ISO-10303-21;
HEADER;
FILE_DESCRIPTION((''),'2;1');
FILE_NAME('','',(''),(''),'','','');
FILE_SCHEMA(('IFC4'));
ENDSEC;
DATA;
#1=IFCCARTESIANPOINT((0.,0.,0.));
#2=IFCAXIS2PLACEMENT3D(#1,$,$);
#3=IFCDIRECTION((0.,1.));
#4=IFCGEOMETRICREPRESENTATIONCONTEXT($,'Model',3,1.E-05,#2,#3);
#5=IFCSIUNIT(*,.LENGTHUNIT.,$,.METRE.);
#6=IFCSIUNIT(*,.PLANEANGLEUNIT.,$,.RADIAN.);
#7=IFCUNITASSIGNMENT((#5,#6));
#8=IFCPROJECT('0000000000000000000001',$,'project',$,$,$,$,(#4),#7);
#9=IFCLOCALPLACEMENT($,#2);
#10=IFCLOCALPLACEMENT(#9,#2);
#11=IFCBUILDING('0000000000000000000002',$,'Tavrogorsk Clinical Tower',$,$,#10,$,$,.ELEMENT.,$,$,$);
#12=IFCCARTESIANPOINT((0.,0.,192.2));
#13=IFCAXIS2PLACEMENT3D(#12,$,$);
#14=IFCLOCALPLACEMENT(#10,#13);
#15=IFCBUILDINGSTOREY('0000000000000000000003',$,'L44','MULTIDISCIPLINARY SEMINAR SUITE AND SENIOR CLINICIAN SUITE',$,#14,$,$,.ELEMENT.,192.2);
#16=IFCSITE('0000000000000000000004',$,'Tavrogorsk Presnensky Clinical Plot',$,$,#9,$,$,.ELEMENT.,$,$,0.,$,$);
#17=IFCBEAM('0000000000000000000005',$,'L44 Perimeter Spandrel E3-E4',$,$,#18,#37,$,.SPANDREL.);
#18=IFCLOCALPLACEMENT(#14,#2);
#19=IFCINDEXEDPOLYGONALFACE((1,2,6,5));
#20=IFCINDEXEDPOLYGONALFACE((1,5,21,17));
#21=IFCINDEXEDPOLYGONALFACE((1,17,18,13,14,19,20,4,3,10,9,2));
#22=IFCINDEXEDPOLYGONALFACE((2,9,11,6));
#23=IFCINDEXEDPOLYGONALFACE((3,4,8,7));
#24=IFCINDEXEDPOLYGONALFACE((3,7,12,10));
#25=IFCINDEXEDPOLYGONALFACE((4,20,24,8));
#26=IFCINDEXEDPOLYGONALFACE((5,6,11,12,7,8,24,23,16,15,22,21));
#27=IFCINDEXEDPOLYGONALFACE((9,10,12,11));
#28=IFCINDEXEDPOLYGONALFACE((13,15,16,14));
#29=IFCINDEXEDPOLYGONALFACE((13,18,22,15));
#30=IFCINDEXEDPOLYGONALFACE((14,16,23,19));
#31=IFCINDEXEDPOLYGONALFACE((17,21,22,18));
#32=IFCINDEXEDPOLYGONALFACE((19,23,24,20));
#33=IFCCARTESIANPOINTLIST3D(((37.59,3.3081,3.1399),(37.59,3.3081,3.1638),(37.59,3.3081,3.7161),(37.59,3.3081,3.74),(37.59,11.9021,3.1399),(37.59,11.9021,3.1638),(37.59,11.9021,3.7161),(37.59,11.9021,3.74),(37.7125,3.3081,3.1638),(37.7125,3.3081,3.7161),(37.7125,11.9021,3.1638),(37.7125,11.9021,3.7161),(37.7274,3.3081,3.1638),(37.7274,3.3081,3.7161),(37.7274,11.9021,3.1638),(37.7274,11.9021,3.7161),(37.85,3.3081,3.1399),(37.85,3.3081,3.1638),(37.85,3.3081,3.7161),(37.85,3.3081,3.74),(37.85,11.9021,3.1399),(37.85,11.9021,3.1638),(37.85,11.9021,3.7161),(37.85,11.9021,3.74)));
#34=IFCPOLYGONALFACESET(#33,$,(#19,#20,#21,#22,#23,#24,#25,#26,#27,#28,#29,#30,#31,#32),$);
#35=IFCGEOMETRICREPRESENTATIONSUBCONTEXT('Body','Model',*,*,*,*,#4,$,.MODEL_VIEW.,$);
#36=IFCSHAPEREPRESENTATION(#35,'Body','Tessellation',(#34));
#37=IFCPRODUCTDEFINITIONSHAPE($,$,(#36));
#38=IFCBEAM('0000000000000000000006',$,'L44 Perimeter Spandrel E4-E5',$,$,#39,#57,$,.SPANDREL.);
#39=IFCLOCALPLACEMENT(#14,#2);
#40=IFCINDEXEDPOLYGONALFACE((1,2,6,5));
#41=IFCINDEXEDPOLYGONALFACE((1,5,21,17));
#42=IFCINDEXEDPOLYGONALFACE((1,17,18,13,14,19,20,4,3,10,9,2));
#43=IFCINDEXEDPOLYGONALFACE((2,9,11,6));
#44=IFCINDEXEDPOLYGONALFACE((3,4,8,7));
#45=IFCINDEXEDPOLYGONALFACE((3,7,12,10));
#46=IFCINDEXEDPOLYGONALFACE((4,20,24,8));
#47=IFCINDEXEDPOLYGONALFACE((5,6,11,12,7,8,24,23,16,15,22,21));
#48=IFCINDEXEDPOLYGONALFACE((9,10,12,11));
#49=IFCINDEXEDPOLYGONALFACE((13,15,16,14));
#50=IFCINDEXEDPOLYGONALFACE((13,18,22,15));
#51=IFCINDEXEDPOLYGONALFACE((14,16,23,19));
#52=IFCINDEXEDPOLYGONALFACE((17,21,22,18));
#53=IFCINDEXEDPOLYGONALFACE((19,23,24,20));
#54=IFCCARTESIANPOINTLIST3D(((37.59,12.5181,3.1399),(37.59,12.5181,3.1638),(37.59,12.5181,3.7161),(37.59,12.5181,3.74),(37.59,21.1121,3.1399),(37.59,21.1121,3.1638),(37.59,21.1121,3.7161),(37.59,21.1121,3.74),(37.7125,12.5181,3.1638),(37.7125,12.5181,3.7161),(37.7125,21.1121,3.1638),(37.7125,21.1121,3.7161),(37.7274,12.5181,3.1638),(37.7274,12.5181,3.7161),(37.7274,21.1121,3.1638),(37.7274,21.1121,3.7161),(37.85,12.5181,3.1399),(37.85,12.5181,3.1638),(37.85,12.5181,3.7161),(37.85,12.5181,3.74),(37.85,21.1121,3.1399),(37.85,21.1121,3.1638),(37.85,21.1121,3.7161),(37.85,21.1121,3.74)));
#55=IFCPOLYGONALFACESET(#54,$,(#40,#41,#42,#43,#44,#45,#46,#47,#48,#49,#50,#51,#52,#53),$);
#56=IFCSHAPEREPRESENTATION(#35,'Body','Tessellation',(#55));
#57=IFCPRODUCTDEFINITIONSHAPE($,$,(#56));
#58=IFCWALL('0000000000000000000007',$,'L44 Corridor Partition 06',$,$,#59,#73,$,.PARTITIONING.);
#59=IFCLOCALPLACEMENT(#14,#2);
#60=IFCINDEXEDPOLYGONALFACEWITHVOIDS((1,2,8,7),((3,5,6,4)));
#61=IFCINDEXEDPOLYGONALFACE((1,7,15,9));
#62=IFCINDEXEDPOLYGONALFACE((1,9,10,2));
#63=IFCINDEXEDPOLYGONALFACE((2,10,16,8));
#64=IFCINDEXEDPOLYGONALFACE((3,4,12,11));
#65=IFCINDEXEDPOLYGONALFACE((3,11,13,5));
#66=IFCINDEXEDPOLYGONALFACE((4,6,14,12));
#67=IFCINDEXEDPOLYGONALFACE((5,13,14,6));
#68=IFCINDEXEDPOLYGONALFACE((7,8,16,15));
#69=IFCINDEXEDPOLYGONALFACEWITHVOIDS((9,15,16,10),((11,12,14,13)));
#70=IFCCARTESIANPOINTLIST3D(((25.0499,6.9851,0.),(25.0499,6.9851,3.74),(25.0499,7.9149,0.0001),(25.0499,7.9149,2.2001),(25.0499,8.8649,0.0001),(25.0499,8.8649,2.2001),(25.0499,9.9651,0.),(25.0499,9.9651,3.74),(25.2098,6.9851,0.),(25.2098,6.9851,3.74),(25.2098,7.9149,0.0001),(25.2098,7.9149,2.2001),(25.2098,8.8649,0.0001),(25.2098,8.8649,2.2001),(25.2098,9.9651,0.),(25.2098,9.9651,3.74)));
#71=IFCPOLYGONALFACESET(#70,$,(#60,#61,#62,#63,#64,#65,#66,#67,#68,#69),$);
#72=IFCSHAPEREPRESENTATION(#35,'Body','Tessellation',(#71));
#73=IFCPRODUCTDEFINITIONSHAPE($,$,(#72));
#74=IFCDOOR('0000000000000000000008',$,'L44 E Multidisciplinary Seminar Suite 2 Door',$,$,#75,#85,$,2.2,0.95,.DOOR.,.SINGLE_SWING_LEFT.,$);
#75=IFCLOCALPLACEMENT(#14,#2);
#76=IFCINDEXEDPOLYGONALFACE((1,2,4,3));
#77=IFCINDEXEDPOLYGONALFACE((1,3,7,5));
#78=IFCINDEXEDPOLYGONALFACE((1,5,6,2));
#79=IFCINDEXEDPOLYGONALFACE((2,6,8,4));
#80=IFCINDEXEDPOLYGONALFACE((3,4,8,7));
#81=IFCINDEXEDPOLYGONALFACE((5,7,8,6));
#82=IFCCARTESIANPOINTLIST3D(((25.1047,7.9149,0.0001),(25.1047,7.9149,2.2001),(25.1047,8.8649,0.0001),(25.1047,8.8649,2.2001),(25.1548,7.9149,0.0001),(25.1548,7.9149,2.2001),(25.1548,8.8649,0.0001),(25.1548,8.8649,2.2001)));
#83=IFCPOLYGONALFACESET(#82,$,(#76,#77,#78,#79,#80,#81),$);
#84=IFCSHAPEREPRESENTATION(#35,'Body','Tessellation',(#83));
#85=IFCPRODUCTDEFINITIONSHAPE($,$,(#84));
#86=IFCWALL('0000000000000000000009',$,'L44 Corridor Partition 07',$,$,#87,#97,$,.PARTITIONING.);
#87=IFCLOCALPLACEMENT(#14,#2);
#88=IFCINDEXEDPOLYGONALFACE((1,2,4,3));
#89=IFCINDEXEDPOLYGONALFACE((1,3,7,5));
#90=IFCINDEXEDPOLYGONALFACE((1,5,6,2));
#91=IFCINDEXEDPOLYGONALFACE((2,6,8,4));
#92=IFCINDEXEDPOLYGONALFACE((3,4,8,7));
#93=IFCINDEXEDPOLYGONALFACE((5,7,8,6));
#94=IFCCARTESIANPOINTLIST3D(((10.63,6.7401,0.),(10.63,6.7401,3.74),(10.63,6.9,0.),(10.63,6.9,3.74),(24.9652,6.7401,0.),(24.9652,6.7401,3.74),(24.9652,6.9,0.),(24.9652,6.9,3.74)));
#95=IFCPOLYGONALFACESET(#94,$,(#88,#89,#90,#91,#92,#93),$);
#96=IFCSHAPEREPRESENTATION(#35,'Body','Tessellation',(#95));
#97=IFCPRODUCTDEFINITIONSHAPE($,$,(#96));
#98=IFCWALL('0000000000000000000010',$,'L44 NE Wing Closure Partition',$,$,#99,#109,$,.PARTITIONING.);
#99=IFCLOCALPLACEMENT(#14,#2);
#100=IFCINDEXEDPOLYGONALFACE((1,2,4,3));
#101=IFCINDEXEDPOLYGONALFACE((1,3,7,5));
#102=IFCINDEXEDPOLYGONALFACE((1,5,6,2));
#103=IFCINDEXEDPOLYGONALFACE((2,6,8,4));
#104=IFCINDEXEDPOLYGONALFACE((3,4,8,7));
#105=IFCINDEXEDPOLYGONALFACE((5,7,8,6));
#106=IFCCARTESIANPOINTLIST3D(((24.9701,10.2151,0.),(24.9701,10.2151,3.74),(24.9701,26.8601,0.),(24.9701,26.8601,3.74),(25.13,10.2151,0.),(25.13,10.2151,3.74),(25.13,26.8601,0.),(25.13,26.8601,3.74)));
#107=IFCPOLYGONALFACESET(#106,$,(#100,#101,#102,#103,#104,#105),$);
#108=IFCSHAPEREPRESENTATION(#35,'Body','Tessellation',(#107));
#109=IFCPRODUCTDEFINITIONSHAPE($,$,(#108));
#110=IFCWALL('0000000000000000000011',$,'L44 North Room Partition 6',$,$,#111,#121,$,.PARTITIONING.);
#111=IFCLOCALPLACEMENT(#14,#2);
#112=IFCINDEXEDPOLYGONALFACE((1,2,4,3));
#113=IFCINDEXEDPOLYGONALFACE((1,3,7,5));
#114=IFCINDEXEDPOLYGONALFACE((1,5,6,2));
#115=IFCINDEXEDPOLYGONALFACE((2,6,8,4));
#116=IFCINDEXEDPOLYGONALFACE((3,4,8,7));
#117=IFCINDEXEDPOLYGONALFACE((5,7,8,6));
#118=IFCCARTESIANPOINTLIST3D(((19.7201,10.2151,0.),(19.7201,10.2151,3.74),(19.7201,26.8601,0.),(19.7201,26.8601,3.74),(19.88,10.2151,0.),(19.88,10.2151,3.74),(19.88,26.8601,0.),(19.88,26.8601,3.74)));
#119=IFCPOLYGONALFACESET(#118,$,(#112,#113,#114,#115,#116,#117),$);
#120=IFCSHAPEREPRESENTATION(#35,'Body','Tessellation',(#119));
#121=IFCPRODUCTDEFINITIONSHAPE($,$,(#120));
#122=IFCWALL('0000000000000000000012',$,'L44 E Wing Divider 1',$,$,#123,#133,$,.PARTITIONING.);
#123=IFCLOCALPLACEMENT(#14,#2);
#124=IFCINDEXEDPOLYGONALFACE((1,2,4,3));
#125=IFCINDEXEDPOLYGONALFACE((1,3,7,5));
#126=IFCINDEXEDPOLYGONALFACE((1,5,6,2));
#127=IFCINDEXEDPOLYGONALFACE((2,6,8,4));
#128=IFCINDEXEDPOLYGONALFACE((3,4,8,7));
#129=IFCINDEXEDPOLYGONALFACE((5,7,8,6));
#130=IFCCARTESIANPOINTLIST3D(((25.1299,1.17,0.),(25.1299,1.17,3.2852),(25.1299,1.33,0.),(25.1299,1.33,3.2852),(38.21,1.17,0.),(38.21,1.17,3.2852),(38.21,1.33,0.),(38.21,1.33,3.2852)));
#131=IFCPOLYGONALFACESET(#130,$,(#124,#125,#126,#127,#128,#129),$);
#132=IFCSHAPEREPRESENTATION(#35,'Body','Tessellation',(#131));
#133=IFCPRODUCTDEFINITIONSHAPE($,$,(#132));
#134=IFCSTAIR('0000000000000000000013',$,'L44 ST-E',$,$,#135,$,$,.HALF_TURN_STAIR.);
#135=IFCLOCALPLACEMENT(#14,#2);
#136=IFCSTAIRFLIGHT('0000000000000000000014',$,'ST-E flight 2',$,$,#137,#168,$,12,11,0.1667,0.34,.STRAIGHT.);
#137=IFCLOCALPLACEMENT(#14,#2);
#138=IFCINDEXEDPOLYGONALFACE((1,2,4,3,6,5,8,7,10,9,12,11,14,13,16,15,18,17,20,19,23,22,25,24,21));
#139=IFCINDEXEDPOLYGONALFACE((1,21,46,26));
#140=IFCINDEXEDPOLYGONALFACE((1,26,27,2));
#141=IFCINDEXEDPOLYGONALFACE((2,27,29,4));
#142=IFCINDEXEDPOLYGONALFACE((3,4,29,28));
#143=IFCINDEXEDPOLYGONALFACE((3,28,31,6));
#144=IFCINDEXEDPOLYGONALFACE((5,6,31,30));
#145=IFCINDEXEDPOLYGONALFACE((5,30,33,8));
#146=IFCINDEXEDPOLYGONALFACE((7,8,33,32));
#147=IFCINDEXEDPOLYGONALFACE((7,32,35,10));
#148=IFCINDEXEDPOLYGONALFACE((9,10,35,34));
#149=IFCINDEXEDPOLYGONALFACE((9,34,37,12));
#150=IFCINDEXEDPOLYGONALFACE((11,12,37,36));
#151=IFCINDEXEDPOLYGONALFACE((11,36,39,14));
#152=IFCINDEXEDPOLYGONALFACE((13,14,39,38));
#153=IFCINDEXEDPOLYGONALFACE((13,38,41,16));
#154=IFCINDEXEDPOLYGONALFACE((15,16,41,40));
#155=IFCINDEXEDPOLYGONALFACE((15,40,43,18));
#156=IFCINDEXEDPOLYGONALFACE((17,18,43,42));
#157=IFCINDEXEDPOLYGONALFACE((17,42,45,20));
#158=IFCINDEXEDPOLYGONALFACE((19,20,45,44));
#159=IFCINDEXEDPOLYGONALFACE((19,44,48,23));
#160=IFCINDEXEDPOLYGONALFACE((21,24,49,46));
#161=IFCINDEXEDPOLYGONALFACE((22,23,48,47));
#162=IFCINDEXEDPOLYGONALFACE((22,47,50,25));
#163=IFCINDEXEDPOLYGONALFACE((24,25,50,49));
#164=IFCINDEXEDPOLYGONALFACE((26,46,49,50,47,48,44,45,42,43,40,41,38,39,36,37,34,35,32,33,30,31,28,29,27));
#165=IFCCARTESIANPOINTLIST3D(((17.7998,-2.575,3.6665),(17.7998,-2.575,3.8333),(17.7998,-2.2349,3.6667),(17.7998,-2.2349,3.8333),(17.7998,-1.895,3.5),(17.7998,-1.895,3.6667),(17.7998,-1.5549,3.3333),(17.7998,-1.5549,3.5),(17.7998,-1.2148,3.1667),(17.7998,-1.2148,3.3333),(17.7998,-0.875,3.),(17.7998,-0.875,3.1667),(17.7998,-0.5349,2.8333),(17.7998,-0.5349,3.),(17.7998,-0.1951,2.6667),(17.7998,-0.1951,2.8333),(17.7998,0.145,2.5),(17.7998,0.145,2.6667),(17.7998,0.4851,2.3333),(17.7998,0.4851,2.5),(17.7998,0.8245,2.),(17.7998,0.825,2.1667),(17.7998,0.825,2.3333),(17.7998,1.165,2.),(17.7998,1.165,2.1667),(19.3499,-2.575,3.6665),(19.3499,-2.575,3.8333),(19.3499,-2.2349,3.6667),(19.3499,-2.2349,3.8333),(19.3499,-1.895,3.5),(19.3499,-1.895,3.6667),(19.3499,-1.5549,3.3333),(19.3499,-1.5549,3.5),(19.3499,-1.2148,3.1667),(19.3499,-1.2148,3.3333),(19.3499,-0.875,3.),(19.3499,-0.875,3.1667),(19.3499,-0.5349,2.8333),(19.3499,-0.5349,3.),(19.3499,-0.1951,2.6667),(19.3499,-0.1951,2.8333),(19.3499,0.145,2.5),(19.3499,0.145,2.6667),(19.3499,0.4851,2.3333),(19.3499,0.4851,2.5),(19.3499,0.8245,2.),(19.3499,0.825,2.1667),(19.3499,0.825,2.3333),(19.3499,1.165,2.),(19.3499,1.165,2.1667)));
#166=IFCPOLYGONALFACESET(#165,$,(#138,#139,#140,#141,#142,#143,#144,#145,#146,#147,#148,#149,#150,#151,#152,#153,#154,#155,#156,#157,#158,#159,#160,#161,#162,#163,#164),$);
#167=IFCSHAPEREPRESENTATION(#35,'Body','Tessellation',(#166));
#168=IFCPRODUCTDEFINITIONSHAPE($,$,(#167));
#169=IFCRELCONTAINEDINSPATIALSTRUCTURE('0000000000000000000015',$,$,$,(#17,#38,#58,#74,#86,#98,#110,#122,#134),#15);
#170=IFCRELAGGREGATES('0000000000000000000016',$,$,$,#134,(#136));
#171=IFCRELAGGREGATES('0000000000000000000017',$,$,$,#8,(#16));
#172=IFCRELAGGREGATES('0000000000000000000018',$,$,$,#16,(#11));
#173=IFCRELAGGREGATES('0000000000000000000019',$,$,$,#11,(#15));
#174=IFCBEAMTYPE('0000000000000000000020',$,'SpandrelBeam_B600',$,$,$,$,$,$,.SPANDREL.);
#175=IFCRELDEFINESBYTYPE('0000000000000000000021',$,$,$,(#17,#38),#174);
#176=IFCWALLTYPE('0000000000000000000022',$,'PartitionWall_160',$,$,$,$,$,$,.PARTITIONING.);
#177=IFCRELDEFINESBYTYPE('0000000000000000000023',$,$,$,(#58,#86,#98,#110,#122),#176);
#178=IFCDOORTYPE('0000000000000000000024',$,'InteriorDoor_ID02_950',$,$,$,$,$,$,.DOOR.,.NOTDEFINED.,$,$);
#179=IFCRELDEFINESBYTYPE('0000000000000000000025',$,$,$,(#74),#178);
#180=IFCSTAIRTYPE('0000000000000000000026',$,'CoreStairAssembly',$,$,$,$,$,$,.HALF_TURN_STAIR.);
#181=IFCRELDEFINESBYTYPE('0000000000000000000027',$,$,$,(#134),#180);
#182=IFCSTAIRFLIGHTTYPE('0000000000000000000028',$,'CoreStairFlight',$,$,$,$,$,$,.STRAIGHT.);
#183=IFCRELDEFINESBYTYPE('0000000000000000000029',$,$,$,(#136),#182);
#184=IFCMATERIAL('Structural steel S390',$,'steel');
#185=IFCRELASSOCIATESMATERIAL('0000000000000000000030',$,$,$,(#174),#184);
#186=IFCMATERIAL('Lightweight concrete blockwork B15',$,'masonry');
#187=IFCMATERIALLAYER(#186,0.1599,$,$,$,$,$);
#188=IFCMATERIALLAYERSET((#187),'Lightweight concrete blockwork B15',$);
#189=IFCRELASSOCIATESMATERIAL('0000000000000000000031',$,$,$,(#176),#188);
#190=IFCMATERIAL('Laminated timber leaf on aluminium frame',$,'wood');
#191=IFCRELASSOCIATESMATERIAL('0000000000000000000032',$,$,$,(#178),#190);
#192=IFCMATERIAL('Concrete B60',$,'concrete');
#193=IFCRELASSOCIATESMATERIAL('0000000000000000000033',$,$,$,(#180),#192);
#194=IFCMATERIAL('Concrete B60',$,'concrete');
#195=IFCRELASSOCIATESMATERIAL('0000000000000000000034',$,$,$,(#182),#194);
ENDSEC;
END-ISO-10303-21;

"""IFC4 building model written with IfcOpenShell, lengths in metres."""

from ifc_helpers import new_model, si_unit, direction, frame, frame_2d, origin, origin_2d, place, context, subcontext, project, spatial, polyline, rectangle, i_section, outline, extrude, material, layer, layer_set, material_profile, profile_set, type_object, element, fill, aggregate, save


model = new_model("IFC4")

# Units and contexts
model_context = context("Model", 3, precision=1e-05, world=origin(), true_north=direction((0.0, 1.0)))
body_context = subcontext(model_context, "Body", "Model", "MODEL_VIEW")
ifc_project = project(units=[si_unit("LENGTHUNIT", "METRE"), si_unit("PLANEANGLEUNIT", "RADIAN")], contexts=[model_context])

# Site, building, storey
site_placement = place(None, origin())
site = spatial("IfcSite", under=ifc_project, at=site_placement, Name="Tavrogorsk Presnensky Clinical Plot", CompositionType="ELEMENT", RefElevation=0.0)
building_placement = place(site_placement, origin())
building = spatial("IfcBuilding", under=site, at=building_placement, Name="Tavrogorsk Clinical Tower", CompositionType="ELEMENT")
storey_placement = place(building_placement, frame((0.0, 0.0, 192.2)))
storey = spatial("IfcBuildingStorey", under=building, at=storey_placement, Name="L44", Description="MULTIDISCIPLINARY SEMINAR SUITE AND SENIOR CLINICIAN SUITE", CompositionType="ELEMENT", Elevation=192.2)

# Beams
ifc_material_1 = material(Name="Structural steel S390", Category="steel")
ifc_material_profile_1 = material_profile(ifc_material_1, i_section(OverallWidth=0.26, OverallDepth=0.6001, WebThickness=0.0149, FlangeThickness=0.0239, at=origin_2d()), Name="B-600x260x15x24")
ifc_profile_set_1 = profile_set([ifc_material_profile_1], Name="Structural steel S390")
beam_type_1 = type_object("IfcBeamType", Name="SpandrelBeam_B600", PredefinedType="SPANDREL", material=ifc_profile_set_1)
for number, where, z_axis, x_axis, name in (
    (1, (37.72, 3.3081, 3.4399), (0.0, 1.0, 0.0), (-1.0, 0.0, 0.0), "L44 Perimeter Spandrel E3-E4"),
    (2, (37.72, 12.5181, 3.4399), (0.0, 1.0, 0.0), (-1.0, 0.0, 0.0), "L44 Perimeter Spandrel E4-E5"),
):
    element("IfcBeam", number, at=place(storey_placement, frame(where, z_axis=z_axis, x_axis=x_axis)), inside=storey, type_object=beam_type_1, Name=name, PredefinedType="SPANDREL", context=body_context, shape_type="SweptSolid", body=[
        extrude(i_section(OverallWidth=0.26, OverallDepth=0.6001, WebThickness=0.0149, FlangeThickness=0.0239, at=origin_2d()), origin(), (0.0, 0.0, 1.0), 8.594),
    ])

# Wall, opening, door
ifc_material_2 = material(Name="Lightweight concrete blockwork B15", Category="masonry")
ifc_layer_1 = layer(ifc_material_2, 0.1599)
ifc_layer_set_1 = layer_set([ifc_layer_1], Name="Lightweight concrete blockwork B15")
wall_type = type_object("IfcWallType", Name="PartitionWall_160", PredefinedType="PARTITIONING", material=ifc_layer_set_1)
wall_1_placement = place(storey_placement, frame((25.1299, 9.9651, 0.0), z_axis=(0.0, 0.0, 1.0), x_axis=(0.0, -1.0, 0.0)))
wall_1 = element("IfcWall", 3, at=wall_1_placement, inside=storey, type_object=wall_type, Name="L44 Corridor Partition 06", PredefinedType="PARTITIONING", context=body_context, shape_type="SweptSolid", body=[
    extrude(rectangle(XDim=2.98, YDim=0.1599, at=frame_2d((1.49, 0.0))), origin(), (0.0, 0.0, 1.0), 3.74),
])
opening_placement = place(wall_1_placement, frame((1.1001, 0.0, 0.0)))
opening = element("IfcOpeningElement", 4, at=opening_placement, cuts=wall_1, PredefinedType="OPENING", context=body_context, shape_type="SweptSolid", body=[
    extrude(rectangle(XDim=0.95, YDim=2.2, at=frame_2d((0.4751, 1.1001))), frame((0.0, 0.0898, 0.0), z_axis=(0.0, -1.0, 0.0), x_axis=(1.0, 0.0, 0.0)), (0.0, 0.0, 1.0), 0.1799),
])
ifc_material_3 = material(Name="Laminated timber leaf on aluminium frame", Category="wood")
door_type = type_object("IfcDoorType", Name="InteriorDoor_ID02_950", OperationType="NOTDEFINED", PredefinedType="DOOR", material=ifc_material_3)
door_placement = place(opening_placement, origin())
door = element("IfcDoor", 5, at=door_placement, inside=storey, type_object=door_type, Name="L44 E Multidisciplinary Seminar Suite 2 Door", OperationType="SINGLE_SWING_LEFT", OverallHeight=2.2, OverallWidth=0.95, PredefinedType="DOOR", context=body_context, shape_type="SweptSolid", body=[
    extrude(rectangle(XDim=0.95, YDim=2.2, at=frame_2d((0.4751, 1.1001))), frame((0.0, 0.0249, 0.0), z_axis=(0.0, -1.0, 0.0), x_axis=(1.0, 0.0, 0.0)), (0.0, 0.0, 1.0), 0.05),
])
fill(opening, door)

# Walls
wall_2_placement = place(storey_placement, frame((24.9651, 6.8201, 0.0), z_axis=(0.0, 0.0, 1.0), x_axis=(-1.0, 0.0, 0.0)))
element("IfcWall", 6, at=wall_2_placement, inside=storey, type_object=wall_type, Name="L44 Corridor Partition 07", PredefinedType="PARTITIONING", context=body_context, shape_type="SweptSolid", body=[
    extrude(rectangle(XDim=14.3352, YDim=0.1599, at=frame_2d((7.1675, 0.0))), origin(), (0.0, 0.0, 1.0), 3.74),
])
for number, where, z_axis, x_axis, name in (
    (7, (25.05, 10.2151, 0.0), (0.0, 0.0, 1.0), (0.0, 1.0, 0.0), "L44 NE Wing Closure Partition"),
    (8, (19.8, 10.2151, 0.0), (0.0, 0.0, 1.0), (0.0, 1.0, 0.0), "L44 North Room Partition 6"),
):
    element("IfcWall", number, at=place(storey_placement, frame(where, z_axis=z_axis, x_axis=x_axis)), inside=storey, type_object=wall_type, Name=name, PredefinedType="PARTITIONING", context=body_context, shape_type="SweptSolid", body=[
        extrude(rectangle(XDim=16.645, YDim=0.1599, at=frame_2d((8.3225, 0.0))), origin(), (0.0, 0.0, 1.0), 3.74),
    ])
wall_3_placement = place(storey_placement, frame((25.1299, 1.25, 0.0), z_axis=(0.0, 0.0, 1.0), x_axis=(1.0, 0.0, 0.0)))
element("IfcWall", 9, at=wall_3_placement, inside=storey, type_object=wall_type, Name="L44 E Wing Divider 1", PredefinedType="PARTITIONING", context=body_context, shape_type="SweptSolid", body=[
    extrude(rectangle(XDim=13.0801, YDim=0.1599, at=frame_2d((6.54, 0.0))), origin(), (0.0, 0.0, 1.0), 3.2852),
])

# Stair, stair flight
ifc_material_4 = material(Name="Concrete B60", Category="concrete")
stair_type = type_object("IfcStairType", Name="CoreStairAssembly", PredefinedType="HALF_TURN_STAIR", material=ifc_material_4)
stair_placement = place(storey_placement, origin())
stair = element("IfcStair", 10, at=stair_placement, inside=storey, type_object=stair_type, Name="L44 ST-E", PredefinedType="HALF_TURN_STAIR")
ifc_material_5 = material(Name="Concrete B60", Category="concrete")
stair_flight_type = type_object("IfcStairFlightType", Name="CoreStairFlight", PredefinedType="STRAIGHT", material=ifc_material_5)
stair_flight_placement = place(storey_placement, frame((18.575, 1.165, 2.0), z_axis=(0.0, 0.0, 1.0), x_axis=(0.0, -1.0, 0.0)))
stair_flight = element("IfcStairFlight", 11, at=stair_flight_placement, type_object=stair_flight_type, Name="ST-E flight 2", NumberOfRisers=12, NumberOfTreads=11, PredefinedType="STRAIGHT", RiserHeight=0.1667, TreadLength=0.34, context=body_context, shape_type="SweptSolid", body=[
    extrude(outline(polyline([(0.0, 0.0), (0.0, 0.1667), (0.3401, 0.1667), (0.3401, 0.3333), (0.6799, 0.3333), (0.6799, 0.5), (1.02, 0.5), (1.02, 0.6667), (1.3601, 0.6667), (1.3601, 0.8333), (1.7, 0.8333), (1.7, 1.0), (2.04, 1.0), (2.04, 1.1667), (2.3799, 1.1667), (2.3799, 1.3333), (2.72, 1.3333), (2.72, 1.5), (3.0601, 1.5), (3.0601, 1.6667), (3.3999, 1.6667), (3.3999, 1.8333), (3.74, 1.8333), (3.74, 2.0), (3.74, 1.6665), (0.3406, 0.0), (0.0, 0.0)])), frame((0.0, 0.7749, 0.0), z_axis=(0.0, -1.0, 0.0), x_axis=(1.0, 0.0, 0.0)), (0.0, 0.0, 1.0), 1.55),
])
aggregate(stair, [stair_flight])

save(model, "model.ifc")
